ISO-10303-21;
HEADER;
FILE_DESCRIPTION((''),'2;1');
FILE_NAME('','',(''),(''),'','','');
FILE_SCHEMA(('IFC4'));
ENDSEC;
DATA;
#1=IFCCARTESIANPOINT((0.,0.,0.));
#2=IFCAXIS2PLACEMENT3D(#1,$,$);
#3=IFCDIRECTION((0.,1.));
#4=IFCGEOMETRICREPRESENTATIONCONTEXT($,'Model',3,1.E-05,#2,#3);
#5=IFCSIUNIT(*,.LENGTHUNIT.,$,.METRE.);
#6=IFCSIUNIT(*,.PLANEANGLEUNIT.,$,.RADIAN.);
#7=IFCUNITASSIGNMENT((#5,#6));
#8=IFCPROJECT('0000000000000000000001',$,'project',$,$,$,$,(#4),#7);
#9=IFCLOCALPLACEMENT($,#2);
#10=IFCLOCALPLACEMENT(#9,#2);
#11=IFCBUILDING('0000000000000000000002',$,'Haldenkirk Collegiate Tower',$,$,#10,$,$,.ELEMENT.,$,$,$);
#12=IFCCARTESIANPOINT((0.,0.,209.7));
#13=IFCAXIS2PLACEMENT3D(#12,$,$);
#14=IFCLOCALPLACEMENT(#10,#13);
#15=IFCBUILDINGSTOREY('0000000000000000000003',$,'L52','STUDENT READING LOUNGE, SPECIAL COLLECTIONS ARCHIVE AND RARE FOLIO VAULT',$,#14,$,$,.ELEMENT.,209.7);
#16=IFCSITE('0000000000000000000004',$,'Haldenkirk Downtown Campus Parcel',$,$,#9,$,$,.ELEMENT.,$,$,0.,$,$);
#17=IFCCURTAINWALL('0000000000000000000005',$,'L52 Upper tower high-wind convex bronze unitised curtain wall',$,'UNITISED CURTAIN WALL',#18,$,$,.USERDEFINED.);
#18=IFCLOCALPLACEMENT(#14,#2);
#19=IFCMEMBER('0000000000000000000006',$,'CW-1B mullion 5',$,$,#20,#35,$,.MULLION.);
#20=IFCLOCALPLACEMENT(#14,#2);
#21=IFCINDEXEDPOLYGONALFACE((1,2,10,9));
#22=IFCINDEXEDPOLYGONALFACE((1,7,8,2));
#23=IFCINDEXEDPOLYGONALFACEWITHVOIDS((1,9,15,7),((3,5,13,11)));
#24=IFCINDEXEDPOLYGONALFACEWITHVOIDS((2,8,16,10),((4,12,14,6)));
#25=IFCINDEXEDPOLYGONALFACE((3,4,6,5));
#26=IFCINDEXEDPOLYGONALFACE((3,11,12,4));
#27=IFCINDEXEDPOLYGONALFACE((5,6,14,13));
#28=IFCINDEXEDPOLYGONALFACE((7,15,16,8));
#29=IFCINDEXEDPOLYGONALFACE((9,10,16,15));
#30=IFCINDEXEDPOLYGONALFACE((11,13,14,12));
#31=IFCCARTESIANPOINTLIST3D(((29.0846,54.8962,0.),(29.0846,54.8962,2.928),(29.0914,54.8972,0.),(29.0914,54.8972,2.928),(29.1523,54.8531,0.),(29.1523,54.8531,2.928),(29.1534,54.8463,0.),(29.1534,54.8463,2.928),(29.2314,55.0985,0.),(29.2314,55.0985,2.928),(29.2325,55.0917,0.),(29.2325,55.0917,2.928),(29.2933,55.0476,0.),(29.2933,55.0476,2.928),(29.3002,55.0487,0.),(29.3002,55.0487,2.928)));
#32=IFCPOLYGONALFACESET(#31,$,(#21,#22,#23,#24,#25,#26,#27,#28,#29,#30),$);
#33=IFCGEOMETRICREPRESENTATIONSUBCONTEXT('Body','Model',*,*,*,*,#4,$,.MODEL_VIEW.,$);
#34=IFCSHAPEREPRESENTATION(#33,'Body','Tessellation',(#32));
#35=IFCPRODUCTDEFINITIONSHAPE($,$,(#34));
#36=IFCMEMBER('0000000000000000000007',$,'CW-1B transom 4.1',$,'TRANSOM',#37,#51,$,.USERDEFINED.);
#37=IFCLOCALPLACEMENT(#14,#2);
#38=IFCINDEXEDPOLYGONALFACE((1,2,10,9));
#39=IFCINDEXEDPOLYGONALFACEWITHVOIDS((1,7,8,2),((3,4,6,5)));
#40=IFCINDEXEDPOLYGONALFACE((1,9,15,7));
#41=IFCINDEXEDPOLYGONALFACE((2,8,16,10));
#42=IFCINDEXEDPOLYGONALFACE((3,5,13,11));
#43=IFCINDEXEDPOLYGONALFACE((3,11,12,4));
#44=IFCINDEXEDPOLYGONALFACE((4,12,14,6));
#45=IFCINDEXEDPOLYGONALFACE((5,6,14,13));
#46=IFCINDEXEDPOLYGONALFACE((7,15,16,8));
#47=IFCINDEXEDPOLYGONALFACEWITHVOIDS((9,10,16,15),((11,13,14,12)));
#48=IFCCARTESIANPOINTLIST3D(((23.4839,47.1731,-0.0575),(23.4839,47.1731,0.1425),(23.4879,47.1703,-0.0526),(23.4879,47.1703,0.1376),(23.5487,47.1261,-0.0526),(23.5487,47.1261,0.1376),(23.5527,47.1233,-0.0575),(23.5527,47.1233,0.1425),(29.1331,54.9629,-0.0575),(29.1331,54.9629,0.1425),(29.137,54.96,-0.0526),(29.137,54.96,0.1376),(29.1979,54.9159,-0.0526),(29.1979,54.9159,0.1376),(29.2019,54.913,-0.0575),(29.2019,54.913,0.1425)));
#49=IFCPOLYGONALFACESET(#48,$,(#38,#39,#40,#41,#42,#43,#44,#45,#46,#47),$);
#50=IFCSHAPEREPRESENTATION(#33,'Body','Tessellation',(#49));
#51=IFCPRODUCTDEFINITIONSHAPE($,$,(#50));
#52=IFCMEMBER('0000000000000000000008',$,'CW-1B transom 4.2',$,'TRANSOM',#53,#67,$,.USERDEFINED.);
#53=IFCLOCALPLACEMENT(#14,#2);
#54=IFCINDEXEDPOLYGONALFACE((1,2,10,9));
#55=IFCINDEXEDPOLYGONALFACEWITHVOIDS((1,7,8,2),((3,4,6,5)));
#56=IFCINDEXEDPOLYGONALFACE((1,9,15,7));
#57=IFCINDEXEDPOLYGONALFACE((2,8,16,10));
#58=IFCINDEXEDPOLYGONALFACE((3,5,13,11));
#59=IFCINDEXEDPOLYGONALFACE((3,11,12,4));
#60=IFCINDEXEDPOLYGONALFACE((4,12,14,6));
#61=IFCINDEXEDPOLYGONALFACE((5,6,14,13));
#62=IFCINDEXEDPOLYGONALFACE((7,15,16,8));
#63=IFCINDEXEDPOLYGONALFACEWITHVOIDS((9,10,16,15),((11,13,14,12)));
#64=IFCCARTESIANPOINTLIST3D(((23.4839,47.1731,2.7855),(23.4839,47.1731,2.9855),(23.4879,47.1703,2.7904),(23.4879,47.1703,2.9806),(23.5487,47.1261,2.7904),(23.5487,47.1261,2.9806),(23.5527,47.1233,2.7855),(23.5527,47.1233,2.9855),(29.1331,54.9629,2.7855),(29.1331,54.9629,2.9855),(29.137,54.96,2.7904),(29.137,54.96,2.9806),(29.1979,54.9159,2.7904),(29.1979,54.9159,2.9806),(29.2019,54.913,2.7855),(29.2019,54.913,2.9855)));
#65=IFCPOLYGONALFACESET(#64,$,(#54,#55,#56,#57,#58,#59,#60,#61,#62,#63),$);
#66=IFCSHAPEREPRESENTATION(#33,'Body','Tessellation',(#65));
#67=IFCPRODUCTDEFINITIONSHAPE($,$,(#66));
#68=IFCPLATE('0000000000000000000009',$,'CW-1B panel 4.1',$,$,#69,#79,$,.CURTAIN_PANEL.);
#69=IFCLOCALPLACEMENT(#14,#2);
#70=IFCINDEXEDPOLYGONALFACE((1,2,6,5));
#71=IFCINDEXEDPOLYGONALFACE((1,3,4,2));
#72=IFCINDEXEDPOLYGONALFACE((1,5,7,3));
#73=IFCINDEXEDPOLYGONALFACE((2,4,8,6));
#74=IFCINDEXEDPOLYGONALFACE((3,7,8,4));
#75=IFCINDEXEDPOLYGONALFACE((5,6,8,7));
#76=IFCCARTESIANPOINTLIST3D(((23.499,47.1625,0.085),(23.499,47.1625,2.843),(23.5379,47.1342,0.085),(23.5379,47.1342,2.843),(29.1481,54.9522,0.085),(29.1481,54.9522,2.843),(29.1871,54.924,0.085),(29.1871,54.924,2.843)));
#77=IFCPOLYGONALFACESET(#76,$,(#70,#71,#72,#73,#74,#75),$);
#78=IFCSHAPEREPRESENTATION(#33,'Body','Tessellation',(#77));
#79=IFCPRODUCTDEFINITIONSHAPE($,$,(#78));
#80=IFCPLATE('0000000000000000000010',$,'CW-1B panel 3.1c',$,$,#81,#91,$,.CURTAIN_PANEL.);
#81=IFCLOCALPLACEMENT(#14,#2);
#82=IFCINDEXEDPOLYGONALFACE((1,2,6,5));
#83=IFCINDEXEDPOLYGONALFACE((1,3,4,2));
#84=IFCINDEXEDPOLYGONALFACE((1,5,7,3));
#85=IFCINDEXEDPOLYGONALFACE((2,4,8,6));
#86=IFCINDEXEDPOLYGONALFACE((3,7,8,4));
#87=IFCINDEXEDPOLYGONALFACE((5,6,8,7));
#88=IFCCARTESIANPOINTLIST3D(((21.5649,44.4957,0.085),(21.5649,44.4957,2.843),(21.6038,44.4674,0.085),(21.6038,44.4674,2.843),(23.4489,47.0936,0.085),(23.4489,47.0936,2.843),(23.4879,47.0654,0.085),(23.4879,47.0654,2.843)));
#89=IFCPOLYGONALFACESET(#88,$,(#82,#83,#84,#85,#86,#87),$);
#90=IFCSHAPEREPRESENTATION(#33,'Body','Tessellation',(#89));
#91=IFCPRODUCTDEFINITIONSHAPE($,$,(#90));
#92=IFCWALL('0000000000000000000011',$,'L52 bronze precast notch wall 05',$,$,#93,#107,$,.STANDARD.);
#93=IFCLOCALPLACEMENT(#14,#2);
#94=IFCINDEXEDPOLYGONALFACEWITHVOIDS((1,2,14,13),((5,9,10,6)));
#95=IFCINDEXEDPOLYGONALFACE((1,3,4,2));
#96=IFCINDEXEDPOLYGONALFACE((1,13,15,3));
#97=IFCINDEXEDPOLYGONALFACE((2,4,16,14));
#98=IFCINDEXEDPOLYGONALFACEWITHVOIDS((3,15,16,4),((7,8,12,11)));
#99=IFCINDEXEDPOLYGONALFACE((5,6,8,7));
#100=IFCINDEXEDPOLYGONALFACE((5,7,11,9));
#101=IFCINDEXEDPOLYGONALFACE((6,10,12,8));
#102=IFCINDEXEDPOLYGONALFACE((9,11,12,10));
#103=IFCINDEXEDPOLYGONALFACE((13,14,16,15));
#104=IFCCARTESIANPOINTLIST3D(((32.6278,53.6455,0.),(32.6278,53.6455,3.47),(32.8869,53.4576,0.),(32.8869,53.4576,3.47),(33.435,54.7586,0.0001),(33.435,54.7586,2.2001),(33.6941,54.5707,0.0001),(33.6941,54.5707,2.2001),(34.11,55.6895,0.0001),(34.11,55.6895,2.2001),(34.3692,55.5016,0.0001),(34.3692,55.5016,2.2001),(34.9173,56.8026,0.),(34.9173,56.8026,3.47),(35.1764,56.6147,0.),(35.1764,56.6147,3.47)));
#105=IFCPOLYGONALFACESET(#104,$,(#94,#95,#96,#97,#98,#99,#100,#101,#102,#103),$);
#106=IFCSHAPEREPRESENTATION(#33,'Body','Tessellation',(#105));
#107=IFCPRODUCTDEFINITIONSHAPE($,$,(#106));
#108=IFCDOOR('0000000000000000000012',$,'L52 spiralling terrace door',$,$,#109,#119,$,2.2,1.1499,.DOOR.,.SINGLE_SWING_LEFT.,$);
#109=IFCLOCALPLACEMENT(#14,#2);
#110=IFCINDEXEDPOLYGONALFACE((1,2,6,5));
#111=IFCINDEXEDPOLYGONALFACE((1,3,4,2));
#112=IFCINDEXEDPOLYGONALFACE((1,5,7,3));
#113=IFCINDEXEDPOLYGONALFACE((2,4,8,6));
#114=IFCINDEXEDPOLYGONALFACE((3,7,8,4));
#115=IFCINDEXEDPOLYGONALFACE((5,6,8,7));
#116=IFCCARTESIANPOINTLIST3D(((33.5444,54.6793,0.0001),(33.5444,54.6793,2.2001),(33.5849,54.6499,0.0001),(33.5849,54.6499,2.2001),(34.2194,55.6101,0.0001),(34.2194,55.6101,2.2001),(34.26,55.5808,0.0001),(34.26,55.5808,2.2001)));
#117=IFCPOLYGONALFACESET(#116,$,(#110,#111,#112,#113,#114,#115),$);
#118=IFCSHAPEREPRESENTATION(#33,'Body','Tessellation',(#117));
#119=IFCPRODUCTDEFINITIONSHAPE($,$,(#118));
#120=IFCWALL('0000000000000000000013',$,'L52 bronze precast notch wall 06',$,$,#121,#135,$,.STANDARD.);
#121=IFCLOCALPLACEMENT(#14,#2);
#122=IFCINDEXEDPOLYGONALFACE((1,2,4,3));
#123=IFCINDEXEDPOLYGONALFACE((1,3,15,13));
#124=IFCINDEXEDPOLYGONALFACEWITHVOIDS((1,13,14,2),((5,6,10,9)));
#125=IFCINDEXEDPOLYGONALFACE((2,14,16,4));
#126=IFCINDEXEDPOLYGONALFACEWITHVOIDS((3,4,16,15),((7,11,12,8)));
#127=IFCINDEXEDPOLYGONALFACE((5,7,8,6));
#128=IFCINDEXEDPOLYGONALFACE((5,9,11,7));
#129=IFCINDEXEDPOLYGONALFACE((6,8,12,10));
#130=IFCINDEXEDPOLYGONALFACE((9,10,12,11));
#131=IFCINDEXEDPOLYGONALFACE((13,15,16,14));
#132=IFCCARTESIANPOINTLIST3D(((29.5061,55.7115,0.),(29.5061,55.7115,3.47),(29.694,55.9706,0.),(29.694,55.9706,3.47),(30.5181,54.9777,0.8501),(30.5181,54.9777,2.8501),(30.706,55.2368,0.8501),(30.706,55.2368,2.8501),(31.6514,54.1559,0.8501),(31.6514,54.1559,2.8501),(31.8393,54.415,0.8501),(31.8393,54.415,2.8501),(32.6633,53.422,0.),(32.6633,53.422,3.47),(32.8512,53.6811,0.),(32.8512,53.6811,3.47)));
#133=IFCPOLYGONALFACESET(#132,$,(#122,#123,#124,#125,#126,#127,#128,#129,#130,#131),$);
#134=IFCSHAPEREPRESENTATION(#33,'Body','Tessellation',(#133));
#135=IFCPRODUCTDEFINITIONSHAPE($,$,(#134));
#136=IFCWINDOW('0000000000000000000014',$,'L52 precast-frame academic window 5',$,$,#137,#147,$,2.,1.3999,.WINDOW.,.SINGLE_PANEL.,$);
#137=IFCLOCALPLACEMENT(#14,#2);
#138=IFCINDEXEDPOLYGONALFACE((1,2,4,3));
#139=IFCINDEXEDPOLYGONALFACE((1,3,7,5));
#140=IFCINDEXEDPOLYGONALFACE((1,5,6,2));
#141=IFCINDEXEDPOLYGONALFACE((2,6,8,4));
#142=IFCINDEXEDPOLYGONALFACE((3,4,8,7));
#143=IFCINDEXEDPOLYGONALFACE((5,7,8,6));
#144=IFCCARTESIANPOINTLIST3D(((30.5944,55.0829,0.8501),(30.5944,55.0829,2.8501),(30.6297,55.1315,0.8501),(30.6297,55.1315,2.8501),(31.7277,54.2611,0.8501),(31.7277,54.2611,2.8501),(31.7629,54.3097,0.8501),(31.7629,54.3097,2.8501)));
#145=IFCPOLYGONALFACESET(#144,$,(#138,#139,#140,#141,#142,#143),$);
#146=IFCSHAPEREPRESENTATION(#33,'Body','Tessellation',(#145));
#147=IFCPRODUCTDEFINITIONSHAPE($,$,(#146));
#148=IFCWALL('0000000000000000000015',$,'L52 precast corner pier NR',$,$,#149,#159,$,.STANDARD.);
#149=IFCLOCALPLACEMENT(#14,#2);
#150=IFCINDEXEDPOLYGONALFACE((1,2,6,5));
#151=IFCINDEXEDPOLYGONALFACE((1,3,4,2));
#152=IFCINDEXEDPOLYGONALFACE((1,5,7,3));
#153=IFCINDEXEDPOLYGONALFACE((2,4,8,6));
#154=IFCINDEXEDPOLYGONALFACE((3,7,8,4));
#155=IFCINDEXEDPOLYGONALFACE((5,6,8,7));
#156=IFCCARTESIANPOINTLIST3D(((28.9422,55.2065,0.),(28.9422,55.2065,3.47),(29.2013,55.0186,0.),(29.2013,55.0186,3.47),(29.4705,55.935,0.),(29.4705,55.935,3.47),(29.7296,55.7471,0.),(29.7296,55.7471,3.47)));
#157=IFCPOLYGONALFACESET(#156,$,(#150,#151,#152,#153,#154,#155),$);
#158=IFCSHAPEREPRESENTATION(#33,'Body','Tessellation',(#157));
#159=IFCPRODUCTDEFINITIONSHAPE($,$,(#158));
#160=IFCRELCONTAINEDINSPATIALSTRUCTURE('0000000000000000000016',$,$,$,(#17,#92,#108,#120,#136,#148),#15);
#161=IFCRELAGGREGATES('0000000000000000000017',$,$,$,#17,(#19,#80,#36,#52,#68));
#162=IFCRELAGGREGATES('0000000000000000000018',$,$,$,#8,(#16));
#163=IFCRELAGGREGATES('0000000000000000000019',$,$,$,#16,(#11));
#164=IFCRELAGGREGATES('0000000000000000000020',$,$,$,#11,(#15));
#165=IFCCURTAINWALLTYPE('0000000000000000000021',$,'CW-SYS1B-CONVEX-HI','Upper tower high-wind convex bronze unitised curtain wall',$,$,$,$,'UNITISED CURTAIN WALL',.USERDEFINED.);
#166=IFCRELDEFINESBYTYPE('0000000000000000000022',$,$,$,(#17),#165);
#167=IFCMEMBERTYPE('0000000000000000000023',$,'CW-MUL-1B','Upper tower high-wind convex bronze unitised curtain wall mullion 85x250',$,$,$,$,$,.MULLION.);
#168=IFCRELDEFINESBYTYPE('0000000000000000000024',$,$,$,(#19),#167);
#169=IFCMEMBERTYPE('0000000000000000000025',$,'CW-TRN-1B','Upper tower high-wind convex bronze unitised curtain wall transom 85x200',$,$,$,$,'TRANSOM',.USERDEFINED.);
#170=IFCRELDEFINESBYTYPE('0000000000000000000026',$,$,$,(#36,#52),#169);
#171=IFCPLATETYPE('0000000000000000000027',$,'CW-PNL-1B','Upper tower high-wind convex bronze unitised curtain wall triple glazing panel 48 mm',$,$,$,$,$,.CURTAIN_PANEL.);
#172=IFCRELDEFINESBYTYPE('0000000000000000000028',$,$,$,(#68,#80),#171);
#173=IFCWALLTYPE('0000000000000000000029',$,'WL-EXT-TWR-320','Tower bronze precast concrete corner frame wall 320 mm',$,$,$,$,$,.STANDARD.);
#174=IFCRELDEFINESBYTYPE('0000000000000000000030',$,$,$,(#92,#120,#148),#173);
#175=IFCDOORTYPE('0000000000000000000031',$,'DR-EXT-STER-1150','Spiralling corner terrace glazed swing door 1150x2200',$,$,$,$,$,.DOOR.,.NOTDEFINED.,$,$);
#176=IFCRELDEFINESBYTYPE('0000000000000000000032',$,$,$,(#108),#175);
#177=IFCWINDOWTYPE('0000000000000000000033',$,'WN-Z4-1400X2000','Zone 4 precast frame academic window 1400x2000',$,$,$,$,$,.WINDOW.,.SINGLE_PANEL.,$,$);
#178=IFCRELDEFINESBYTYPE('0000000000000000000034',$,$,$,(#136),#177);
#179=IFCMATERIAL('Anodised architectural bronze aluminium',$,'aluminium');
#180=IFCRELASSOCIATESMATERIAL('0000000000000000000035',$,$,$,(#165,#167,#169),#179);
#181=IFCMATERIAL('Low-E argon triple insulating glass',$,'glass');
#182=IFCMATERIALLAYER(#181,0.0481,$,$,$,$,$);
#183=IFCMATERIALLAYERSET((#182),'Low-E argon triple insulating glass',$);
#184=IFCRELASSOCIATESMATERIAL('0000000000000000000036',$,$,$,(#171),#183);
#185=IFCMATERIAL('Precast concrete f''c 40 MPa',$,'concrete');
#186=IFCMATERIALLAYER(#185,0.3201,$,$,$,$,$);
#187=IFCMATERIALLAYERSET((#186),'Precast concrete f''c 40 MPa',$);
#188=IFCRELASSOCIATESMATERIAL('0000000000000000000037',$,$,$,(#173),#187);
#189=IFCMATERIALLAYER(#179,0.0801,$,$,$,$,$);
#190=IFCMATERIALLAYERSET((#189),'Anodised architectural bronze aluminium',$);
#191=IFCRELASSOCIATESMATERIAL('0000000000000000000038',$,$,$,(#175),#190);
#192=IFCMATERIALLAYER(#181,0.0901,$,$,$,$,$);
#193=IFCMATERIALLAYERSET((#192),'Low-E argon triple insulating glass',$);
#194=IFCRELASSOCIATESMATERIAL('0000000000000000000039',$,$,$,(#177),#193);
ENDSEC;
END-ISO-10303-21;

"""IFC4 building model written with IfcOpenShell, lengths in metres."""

from ifc_helpers import new_model, si_unit, direction, frame, frame_2d, origin, origin_2d, place, context, subcontext, project, spatial, rectangle, hollow_rectangle, extrude, source, transform, mapped, material, layer, layer_set, material_profile, profile_set, type_object, element, fill, aggregate, save


model = new_model("IFC4")

# Units and contexts
model_context = context("Model", 3, precision=1e-05, world=origin(), true_north=direction((0.0, 1.0)))
body_context = subcontext(model_context, "Body", "Model", "MODEL_VIEW")
ifc_project = project(units=[si_unit("LENGTHUNIT", "METRE"), si_unit("PLANEANGLEUNIT", "RADIAN")], contexts=[model_context])

# Site, building, storey
site_placement = place(None, origin())
site = spatial("IfcSite", under=ifc_project, at=site_placement, Name="Haldenkirk Downtown Campus Parcel", CompositionType="ELEMENT", RefElevation=0.0)
building_placement = place(site_placement, origin())
building = spatial("IfcBuilding", under=site, at=building_placement, Name="Haldenkirk Collegiate Tower", CompositionType="ELEMENT")
storey_placement = place(building_placement, frame((0.0, 0.0, 209.7)))
storey = spatial("IfcBuildingStorey", under=building, at=storey_placement, Name="L52", Description="STUDENT READING LOUNGE, SPECIAL COLLECTIONS ARCHIVE AND RARE FOLIO VAULT", CompositionType="ELEMENT", Elevation=209.7)

# Curtain wall, members, plates
ifc_material_1 = material(Name="Anodised architectural bronze aluminium", Category="aluminium")
curtain_wall_type = type_object("IfcCurtainWallType", Name="CW-SYS1B-CONVEX-HI", Description="Upper tower high-wind convex bronze unitised curtain wall", ElementType="UNITISED CURTAIN WALL", PredefinedType="USERDEFINED", material=ifc_material_1)
curtain_wall_placement = place(storey_placement, origin())
curtain_wall = element("IfcCurtainWall", 1, at=curtain_wall_placement, inside=storey, type_object=curtain_wall_type, Name="L52 Upper tower high-wind convex bronze unitised curtain wall", ObjectType="UNITISED CURTAIN WALL", PredefinedType="USERDEFINED")
ifc_material_profile_1 = material_profile(ifc_material_1, hollow_rectangle(XDim=0.085, YDim=0.25, WallThickness=0.0049, at=origin_2d()), Name="CW-MUL-1B")
ifc_profile_set_1 = profile_set([ifc_material_profile_1], Name="Anodised architectural bronze aluminium")
member_type_1 = type_object("IfcMemberType", Name="CW-MUL-1B", Description="Upper tower high-wind convex bronze unitised curtain wall mullion 85x250", PredefinedType="MULLION", material=ifc_profile_set_1)
member_1_placement = place(storey_placement, frame((29.1924, 54.9724, 0.0), z_axis=(0.0, 0.0, 1.0), x_axis=(-0.80953, 0.587078, 0.0)))
member_1 = element("IfcMember", 2, at=member_1_placement, type_object=member_type_1, Name="CW-1B mullion 5", PredefinedType="MULLION", context=body_context, shape_type="SweptSolid", body=[
    extrude(hollow_rectangle(XDim=0.085, YDim=0.25, WallThickness=0.0049, at=origin_2d()), origin(), (0.0, 0.0, 1.0), 2.928),
])
ifc_material_profile_2 = material_profile(ifc_material_1, hollow_rectangle(XDim=0.085, YDim=0.2, WallThickness=0.0049, at=origin_2d()), Name="CW-TRN-1B")
ifc_profile_set_2 = profile_set([ifc_material_profile_2], Name="Anodised architectural bronze aluminium")
member_type_2 = type_object("IfcMemberType", Name="CW-TRN-1B", Description="Upper tower high-wind convex bronze unitised curtain wall transom 85x200", ElementType="TRANSOM", PredefinedType="USERDEFINED", material=ifc_profile_set_2)
member_2_placement = place(storey_placement, frame((23.5183, 47.1482, 0.0425), z_axis=(0.587074, 0.809533, 0.0), x_axis=(-0.809533, 0.587074, 0.0)))
member_2 = element("IfcMember", 3, at=member_2_placement, type_object=member_type_2, Name="CW-1B transom 4.1", ObjectType="TRANSOM", PredefinedType="USERDEFINED", context=body_context, shape_type="SweptSolid", body=[
    extrude(hollow_rectangle(XDim=0.085, YDim=0.2, WallThickness=0.0049, at=origin_2d()), origin(), (0.0, 0.0, 1.0), 9.6226),
])
member_3_placement = place(storey_placement, frame((23.5183, 47.1482, 2.8855), z_axis=(0.587074, 0.809533, 0.0), x_axis=(-0.809533, 0.587074, 0.0)))
member_3 = element("IfcMember", 4, at=member_3_placement, type_object=member_type_2, Name="CW-1B transom 4.2", ObjectType="TRANSOM", PredefinedType="USERDEFINED", context=body_context, shape_type="SweptSolid", body=[
    extrude(hollow_rectangle(XDim=0.085, YDim=0.2, WallThickness=0.0049, at=origin_2d()), origin(), (0.0, 0.0, 1.0), 9.6226),
])
ifc_material_2 = material(Name="Low-E argon triple insulating glass", Category="glass")
ifc_layer_1 = layer(ifc_material_2, 0.0481)
ifc_layer_set_1 = layer_set([ifc_layer_1], Name="Low-E argon triple insulating glass")
plate_type = type_object("IfcPlateType", Name="CW-PNL-1B", Description="Upper tower high-wind convex bronze unitised curtain wall triple glazing panel 48 mm", PredefinedType="CURTAIN_PANEL", material=ifc_layer_set_1)
shared_shape_1 = source(origin(), body_context, "Body", "SweptSolid", [
    extrude(rectangle(XDim=9.6226, YDim=0.0481, at=origin_2d()), origin(), (0.0, 0.0, 1.0), 2.7581),
])
plate_1_placement = place(storey_placement, frame((26.343, 51.0432, 0.085), z_axis=(0.0, 0.0, 1.0), x_axis=(0.587078, 0.80953, 0.0)))
plate_1 = element("IfcPlate", 5, at=plate_1_placement, type_object=plate_type, Name="CW-1B panel 4.1", PredefinedType="CURTAIN_PANEL", context=body_context, shape_type="MappedRepresentation", body=[
    mapped(shared_shape_1, transform((0.0, 0.0, 0.0), x_axis=(1.0, 0.0, 0.0), y_axis=(0.0, 1.0, 0.0), z_axis=(0.0, 0.0, 1.0), scale=1.0)),
])
shared_shape_2 = source(origin(), body_context, "Body", "SweptSolid", [
    extrude(rectangle(XDim=3.2092, YDim=0.0481, at=origin_2d()), origin(), (0.0, 0.0, 1.0), 2.7581),
])
plate_2_placement = place(storey_placement, frame((22.5264, 45.7805, 0.085), z_axis=(0.0, 0.0, 1.0), x_axis=(0.587078, 0.80953, 0.0)))
plate_2 = element("IfcPlate", 6, at=plate_2_placement, type_object=plate_type, Name="CW-1B panel 3.1c", PredefinedType="CURTAIN_PANEL", context=body_context, shape_type="MappedRepresentation", body=[
    mapped(shared_shape_2, transform((0.0, 0.0, 0.0), x_axis=(1.0, 0.0, 0.0), y_axis=(0.0, 1.0, 0.0), z_axis=(0.0, 0.0, 1.0), scale=1.0)),
])
aggregate(curtain_wall, [member_1, plate_2, member_2, member_3, plate_1])

# Wall, opening, door
ifc_material_3 = material(Name="Precast concrete f'c 40 MPa", Category="concrete")
ifc_layer_2 = layer(ifc_material_3, 0.3201)
ifc_layer_set_2 = layer_set([ifc_layer_2], Name="Precast concrete f'c 40 MPa")
wall_type = type_object("IfcWallType", Name="WL-EXT-TWR-320", Description="Tower bronze precast concrete corner frame wall 320 mm", PredefinedType="STANDARD", material=ifc_layer_set_2)
wall_1_placement = place(storey_placement, frame((32.7573, 53.5515, 0.0), z_axis=(0.0, 0.0, 1.0), x_axis=(0.587062, 0.809542, 0.0)))
wall_1 = element("IfcWall", 7, at=wall_1_placement, inside=storey, type_object=wall_type, Name="L52 bronze precast notch wall 05", PredefinedType="STANDARD", context=body_context, shape_type="SweptSolid", body=[
    extrude(rectangle(XDim=3.8999, YDim=0.3201, at=frame_2d((1.95, 0.0))), origin(), (0.0, 0.0, 1.0), 3.47),
])
opening_1_placement = place(wall_1_placement, frame((1.375, 0.0, 0.0)))
opening_1 = element("IfcOpeningElement", 8, at=opening_1_placement, cuts=wall_1, PredefinedType="OPENING", context=body_context, shape_type="SweptSolid", body=[
    extrude(rectangle(XDim=1.1499, YDim=2.2, at=frame_2d((0.575, 1.1001))), frame((0.0, 0.1699, 0.0), z_axis=(0.0, -1.0, 0.0), x_axis=(1.0, 0.0, 0.0)), (0.0, 0.0, 1.0), 0.3401),
])
ifc_layer_3 = layer(ifc_material_1, 0.0801)
ifc_layer_set_3 = layer_set([ifc_layer_3], Name="Anodised architectural bronze aluminium")
door_type = type_object("IfcDoorType", Name="DR-EXT-STER-1150", Description="Spiralling corner terrace glazed swing door 1150x2200", OperationType="NOTDEFINED", PredefinedType="DOOR", material=ifc_layer_set_3)
door_placement = place(opening_1_placement, origin())
door = element("IfcDoor", 9, at=door_placement, inside=storey, type_object=door_type, Name="L52 spiralling terrace door", OperationType="SINGLE_SWING_LEFT", OverallHeight=2.2, OverallWidth=1.1499, PredefinedType="DOOR", context=body_context, shape_type="SweptSolid", body=[
    extrude(rectangle(XDim=1.1499, YDim=2.2, at=frame_2d((0.575, 1.1001))), frame((0.0, 0.0249, 0.0), z_axis=(0.0, -1.0, 0.0), x_axis=(1.0, 0.0, 0.0)), (0.0, 0.0, 1.0), 0.05),
])
fill(opening_1, door)

# Wall, opening, window
wall_2_placement = place(storey_placement, frame((29.6001, 55.8411, 0.0), z_axis=(0.0, 0.0, 1.0), x_axis=(0.809542, -0.587062, 0.0)))
wall_2 = element("IfcWall", 10, at=wall_2_placement, inside=storey, type_object=wall_type, Name="L52 bronze precast notch wall 06", PredefinedType="STANDARD", context=body_context, shape_type="SweptSolid", body=[
    extrude(rectangle(XDim=3.8999, YDim=0.3201, at=frame_2d((1.95, 0.0))), origin(), (0.0, 0.0, 1.0), 3.47),
])
opening_2_placement = place(wall_2_placement, frame((1.25, 0.0, 0.8501)))
opening_2 = element("IfcOpeningElement", 11, at=opening_2_placement, cuts=wall_2, PredefinedType="OPENING", context=body_context, shape_type="SweptSolid", body=[
    extrude(rectangle(XDim=1.3999, YDim=2.0, at=frame_2d((0.7, 1.0))), frame((0.0, 0.1699, 0.0), z_axis=(0.0, -1.0, 0.0), x_axis=(1.0, 0.0, 0.0)), (0.0, 0.0, 1.0), 0.3401),
])
ifc_layer_4 = layer(ifc_material_2, 0.0901)
ifc_layer_set_4 = layer_set([ifc_layer_4], Name="Low-E argon triple insulating glass")
window_type = type_object("IfcWindowType", Name="WN-Z4-1400X2000", Description="Zone 4 precast frame academic window 1400x2000", PartitioningType="SINGLE_PANEL", PredefinedType="WINDOW", material=ifc_layer_set_4)
window_placement = place(opening_2_placement, origin())
window = element("IfcWindow", 12, at=window_placement, inside=storey, type_object=window_type, Name="L52 precast-frame academic window 5", OverallHeight=2.0, OverallWidth=1.3999, PartitioningType="SINGLE_PANEL", PredefinedType="WINDOW", context=body_context, shape_type="SweptSolid", body=[
    extrude(rectangle(XDim=1.3999, YDim=2.0, at=frame_2d((0.7, 1.0))), frame((0.0, 0.03, 0.0), z_axis=(0.0, -1.0, 0.0), x_axis=(1.0, 0.0, 0.0)), (0.0, 0.0, 1.0), 0.0601),
])
fill(opening_2, window)

# Wall
wall_3_placement = place(storey_placement, frame((29.0718, 55.1125, 0.0), z_axis=(0.0, 0.0, 1.0), x_axis=(0.587074, 0.809533, 0.0)))
element("IfcWall", 13, at=wall_3_placement, inside=storey, type_object=wall_type, Name="L52 precast corner pier NR", PredefinedType="STANDARD", context=body_context, shape_type="SweptSolid", body=[
    extrude(rectangle(XDim=0.8999, YDim=0.3201, at=frame_2d((0.45, 0.0))), origin(), (0.0, 0.0, 1.0), 3.47),
])

save(model, "model.ifc")
